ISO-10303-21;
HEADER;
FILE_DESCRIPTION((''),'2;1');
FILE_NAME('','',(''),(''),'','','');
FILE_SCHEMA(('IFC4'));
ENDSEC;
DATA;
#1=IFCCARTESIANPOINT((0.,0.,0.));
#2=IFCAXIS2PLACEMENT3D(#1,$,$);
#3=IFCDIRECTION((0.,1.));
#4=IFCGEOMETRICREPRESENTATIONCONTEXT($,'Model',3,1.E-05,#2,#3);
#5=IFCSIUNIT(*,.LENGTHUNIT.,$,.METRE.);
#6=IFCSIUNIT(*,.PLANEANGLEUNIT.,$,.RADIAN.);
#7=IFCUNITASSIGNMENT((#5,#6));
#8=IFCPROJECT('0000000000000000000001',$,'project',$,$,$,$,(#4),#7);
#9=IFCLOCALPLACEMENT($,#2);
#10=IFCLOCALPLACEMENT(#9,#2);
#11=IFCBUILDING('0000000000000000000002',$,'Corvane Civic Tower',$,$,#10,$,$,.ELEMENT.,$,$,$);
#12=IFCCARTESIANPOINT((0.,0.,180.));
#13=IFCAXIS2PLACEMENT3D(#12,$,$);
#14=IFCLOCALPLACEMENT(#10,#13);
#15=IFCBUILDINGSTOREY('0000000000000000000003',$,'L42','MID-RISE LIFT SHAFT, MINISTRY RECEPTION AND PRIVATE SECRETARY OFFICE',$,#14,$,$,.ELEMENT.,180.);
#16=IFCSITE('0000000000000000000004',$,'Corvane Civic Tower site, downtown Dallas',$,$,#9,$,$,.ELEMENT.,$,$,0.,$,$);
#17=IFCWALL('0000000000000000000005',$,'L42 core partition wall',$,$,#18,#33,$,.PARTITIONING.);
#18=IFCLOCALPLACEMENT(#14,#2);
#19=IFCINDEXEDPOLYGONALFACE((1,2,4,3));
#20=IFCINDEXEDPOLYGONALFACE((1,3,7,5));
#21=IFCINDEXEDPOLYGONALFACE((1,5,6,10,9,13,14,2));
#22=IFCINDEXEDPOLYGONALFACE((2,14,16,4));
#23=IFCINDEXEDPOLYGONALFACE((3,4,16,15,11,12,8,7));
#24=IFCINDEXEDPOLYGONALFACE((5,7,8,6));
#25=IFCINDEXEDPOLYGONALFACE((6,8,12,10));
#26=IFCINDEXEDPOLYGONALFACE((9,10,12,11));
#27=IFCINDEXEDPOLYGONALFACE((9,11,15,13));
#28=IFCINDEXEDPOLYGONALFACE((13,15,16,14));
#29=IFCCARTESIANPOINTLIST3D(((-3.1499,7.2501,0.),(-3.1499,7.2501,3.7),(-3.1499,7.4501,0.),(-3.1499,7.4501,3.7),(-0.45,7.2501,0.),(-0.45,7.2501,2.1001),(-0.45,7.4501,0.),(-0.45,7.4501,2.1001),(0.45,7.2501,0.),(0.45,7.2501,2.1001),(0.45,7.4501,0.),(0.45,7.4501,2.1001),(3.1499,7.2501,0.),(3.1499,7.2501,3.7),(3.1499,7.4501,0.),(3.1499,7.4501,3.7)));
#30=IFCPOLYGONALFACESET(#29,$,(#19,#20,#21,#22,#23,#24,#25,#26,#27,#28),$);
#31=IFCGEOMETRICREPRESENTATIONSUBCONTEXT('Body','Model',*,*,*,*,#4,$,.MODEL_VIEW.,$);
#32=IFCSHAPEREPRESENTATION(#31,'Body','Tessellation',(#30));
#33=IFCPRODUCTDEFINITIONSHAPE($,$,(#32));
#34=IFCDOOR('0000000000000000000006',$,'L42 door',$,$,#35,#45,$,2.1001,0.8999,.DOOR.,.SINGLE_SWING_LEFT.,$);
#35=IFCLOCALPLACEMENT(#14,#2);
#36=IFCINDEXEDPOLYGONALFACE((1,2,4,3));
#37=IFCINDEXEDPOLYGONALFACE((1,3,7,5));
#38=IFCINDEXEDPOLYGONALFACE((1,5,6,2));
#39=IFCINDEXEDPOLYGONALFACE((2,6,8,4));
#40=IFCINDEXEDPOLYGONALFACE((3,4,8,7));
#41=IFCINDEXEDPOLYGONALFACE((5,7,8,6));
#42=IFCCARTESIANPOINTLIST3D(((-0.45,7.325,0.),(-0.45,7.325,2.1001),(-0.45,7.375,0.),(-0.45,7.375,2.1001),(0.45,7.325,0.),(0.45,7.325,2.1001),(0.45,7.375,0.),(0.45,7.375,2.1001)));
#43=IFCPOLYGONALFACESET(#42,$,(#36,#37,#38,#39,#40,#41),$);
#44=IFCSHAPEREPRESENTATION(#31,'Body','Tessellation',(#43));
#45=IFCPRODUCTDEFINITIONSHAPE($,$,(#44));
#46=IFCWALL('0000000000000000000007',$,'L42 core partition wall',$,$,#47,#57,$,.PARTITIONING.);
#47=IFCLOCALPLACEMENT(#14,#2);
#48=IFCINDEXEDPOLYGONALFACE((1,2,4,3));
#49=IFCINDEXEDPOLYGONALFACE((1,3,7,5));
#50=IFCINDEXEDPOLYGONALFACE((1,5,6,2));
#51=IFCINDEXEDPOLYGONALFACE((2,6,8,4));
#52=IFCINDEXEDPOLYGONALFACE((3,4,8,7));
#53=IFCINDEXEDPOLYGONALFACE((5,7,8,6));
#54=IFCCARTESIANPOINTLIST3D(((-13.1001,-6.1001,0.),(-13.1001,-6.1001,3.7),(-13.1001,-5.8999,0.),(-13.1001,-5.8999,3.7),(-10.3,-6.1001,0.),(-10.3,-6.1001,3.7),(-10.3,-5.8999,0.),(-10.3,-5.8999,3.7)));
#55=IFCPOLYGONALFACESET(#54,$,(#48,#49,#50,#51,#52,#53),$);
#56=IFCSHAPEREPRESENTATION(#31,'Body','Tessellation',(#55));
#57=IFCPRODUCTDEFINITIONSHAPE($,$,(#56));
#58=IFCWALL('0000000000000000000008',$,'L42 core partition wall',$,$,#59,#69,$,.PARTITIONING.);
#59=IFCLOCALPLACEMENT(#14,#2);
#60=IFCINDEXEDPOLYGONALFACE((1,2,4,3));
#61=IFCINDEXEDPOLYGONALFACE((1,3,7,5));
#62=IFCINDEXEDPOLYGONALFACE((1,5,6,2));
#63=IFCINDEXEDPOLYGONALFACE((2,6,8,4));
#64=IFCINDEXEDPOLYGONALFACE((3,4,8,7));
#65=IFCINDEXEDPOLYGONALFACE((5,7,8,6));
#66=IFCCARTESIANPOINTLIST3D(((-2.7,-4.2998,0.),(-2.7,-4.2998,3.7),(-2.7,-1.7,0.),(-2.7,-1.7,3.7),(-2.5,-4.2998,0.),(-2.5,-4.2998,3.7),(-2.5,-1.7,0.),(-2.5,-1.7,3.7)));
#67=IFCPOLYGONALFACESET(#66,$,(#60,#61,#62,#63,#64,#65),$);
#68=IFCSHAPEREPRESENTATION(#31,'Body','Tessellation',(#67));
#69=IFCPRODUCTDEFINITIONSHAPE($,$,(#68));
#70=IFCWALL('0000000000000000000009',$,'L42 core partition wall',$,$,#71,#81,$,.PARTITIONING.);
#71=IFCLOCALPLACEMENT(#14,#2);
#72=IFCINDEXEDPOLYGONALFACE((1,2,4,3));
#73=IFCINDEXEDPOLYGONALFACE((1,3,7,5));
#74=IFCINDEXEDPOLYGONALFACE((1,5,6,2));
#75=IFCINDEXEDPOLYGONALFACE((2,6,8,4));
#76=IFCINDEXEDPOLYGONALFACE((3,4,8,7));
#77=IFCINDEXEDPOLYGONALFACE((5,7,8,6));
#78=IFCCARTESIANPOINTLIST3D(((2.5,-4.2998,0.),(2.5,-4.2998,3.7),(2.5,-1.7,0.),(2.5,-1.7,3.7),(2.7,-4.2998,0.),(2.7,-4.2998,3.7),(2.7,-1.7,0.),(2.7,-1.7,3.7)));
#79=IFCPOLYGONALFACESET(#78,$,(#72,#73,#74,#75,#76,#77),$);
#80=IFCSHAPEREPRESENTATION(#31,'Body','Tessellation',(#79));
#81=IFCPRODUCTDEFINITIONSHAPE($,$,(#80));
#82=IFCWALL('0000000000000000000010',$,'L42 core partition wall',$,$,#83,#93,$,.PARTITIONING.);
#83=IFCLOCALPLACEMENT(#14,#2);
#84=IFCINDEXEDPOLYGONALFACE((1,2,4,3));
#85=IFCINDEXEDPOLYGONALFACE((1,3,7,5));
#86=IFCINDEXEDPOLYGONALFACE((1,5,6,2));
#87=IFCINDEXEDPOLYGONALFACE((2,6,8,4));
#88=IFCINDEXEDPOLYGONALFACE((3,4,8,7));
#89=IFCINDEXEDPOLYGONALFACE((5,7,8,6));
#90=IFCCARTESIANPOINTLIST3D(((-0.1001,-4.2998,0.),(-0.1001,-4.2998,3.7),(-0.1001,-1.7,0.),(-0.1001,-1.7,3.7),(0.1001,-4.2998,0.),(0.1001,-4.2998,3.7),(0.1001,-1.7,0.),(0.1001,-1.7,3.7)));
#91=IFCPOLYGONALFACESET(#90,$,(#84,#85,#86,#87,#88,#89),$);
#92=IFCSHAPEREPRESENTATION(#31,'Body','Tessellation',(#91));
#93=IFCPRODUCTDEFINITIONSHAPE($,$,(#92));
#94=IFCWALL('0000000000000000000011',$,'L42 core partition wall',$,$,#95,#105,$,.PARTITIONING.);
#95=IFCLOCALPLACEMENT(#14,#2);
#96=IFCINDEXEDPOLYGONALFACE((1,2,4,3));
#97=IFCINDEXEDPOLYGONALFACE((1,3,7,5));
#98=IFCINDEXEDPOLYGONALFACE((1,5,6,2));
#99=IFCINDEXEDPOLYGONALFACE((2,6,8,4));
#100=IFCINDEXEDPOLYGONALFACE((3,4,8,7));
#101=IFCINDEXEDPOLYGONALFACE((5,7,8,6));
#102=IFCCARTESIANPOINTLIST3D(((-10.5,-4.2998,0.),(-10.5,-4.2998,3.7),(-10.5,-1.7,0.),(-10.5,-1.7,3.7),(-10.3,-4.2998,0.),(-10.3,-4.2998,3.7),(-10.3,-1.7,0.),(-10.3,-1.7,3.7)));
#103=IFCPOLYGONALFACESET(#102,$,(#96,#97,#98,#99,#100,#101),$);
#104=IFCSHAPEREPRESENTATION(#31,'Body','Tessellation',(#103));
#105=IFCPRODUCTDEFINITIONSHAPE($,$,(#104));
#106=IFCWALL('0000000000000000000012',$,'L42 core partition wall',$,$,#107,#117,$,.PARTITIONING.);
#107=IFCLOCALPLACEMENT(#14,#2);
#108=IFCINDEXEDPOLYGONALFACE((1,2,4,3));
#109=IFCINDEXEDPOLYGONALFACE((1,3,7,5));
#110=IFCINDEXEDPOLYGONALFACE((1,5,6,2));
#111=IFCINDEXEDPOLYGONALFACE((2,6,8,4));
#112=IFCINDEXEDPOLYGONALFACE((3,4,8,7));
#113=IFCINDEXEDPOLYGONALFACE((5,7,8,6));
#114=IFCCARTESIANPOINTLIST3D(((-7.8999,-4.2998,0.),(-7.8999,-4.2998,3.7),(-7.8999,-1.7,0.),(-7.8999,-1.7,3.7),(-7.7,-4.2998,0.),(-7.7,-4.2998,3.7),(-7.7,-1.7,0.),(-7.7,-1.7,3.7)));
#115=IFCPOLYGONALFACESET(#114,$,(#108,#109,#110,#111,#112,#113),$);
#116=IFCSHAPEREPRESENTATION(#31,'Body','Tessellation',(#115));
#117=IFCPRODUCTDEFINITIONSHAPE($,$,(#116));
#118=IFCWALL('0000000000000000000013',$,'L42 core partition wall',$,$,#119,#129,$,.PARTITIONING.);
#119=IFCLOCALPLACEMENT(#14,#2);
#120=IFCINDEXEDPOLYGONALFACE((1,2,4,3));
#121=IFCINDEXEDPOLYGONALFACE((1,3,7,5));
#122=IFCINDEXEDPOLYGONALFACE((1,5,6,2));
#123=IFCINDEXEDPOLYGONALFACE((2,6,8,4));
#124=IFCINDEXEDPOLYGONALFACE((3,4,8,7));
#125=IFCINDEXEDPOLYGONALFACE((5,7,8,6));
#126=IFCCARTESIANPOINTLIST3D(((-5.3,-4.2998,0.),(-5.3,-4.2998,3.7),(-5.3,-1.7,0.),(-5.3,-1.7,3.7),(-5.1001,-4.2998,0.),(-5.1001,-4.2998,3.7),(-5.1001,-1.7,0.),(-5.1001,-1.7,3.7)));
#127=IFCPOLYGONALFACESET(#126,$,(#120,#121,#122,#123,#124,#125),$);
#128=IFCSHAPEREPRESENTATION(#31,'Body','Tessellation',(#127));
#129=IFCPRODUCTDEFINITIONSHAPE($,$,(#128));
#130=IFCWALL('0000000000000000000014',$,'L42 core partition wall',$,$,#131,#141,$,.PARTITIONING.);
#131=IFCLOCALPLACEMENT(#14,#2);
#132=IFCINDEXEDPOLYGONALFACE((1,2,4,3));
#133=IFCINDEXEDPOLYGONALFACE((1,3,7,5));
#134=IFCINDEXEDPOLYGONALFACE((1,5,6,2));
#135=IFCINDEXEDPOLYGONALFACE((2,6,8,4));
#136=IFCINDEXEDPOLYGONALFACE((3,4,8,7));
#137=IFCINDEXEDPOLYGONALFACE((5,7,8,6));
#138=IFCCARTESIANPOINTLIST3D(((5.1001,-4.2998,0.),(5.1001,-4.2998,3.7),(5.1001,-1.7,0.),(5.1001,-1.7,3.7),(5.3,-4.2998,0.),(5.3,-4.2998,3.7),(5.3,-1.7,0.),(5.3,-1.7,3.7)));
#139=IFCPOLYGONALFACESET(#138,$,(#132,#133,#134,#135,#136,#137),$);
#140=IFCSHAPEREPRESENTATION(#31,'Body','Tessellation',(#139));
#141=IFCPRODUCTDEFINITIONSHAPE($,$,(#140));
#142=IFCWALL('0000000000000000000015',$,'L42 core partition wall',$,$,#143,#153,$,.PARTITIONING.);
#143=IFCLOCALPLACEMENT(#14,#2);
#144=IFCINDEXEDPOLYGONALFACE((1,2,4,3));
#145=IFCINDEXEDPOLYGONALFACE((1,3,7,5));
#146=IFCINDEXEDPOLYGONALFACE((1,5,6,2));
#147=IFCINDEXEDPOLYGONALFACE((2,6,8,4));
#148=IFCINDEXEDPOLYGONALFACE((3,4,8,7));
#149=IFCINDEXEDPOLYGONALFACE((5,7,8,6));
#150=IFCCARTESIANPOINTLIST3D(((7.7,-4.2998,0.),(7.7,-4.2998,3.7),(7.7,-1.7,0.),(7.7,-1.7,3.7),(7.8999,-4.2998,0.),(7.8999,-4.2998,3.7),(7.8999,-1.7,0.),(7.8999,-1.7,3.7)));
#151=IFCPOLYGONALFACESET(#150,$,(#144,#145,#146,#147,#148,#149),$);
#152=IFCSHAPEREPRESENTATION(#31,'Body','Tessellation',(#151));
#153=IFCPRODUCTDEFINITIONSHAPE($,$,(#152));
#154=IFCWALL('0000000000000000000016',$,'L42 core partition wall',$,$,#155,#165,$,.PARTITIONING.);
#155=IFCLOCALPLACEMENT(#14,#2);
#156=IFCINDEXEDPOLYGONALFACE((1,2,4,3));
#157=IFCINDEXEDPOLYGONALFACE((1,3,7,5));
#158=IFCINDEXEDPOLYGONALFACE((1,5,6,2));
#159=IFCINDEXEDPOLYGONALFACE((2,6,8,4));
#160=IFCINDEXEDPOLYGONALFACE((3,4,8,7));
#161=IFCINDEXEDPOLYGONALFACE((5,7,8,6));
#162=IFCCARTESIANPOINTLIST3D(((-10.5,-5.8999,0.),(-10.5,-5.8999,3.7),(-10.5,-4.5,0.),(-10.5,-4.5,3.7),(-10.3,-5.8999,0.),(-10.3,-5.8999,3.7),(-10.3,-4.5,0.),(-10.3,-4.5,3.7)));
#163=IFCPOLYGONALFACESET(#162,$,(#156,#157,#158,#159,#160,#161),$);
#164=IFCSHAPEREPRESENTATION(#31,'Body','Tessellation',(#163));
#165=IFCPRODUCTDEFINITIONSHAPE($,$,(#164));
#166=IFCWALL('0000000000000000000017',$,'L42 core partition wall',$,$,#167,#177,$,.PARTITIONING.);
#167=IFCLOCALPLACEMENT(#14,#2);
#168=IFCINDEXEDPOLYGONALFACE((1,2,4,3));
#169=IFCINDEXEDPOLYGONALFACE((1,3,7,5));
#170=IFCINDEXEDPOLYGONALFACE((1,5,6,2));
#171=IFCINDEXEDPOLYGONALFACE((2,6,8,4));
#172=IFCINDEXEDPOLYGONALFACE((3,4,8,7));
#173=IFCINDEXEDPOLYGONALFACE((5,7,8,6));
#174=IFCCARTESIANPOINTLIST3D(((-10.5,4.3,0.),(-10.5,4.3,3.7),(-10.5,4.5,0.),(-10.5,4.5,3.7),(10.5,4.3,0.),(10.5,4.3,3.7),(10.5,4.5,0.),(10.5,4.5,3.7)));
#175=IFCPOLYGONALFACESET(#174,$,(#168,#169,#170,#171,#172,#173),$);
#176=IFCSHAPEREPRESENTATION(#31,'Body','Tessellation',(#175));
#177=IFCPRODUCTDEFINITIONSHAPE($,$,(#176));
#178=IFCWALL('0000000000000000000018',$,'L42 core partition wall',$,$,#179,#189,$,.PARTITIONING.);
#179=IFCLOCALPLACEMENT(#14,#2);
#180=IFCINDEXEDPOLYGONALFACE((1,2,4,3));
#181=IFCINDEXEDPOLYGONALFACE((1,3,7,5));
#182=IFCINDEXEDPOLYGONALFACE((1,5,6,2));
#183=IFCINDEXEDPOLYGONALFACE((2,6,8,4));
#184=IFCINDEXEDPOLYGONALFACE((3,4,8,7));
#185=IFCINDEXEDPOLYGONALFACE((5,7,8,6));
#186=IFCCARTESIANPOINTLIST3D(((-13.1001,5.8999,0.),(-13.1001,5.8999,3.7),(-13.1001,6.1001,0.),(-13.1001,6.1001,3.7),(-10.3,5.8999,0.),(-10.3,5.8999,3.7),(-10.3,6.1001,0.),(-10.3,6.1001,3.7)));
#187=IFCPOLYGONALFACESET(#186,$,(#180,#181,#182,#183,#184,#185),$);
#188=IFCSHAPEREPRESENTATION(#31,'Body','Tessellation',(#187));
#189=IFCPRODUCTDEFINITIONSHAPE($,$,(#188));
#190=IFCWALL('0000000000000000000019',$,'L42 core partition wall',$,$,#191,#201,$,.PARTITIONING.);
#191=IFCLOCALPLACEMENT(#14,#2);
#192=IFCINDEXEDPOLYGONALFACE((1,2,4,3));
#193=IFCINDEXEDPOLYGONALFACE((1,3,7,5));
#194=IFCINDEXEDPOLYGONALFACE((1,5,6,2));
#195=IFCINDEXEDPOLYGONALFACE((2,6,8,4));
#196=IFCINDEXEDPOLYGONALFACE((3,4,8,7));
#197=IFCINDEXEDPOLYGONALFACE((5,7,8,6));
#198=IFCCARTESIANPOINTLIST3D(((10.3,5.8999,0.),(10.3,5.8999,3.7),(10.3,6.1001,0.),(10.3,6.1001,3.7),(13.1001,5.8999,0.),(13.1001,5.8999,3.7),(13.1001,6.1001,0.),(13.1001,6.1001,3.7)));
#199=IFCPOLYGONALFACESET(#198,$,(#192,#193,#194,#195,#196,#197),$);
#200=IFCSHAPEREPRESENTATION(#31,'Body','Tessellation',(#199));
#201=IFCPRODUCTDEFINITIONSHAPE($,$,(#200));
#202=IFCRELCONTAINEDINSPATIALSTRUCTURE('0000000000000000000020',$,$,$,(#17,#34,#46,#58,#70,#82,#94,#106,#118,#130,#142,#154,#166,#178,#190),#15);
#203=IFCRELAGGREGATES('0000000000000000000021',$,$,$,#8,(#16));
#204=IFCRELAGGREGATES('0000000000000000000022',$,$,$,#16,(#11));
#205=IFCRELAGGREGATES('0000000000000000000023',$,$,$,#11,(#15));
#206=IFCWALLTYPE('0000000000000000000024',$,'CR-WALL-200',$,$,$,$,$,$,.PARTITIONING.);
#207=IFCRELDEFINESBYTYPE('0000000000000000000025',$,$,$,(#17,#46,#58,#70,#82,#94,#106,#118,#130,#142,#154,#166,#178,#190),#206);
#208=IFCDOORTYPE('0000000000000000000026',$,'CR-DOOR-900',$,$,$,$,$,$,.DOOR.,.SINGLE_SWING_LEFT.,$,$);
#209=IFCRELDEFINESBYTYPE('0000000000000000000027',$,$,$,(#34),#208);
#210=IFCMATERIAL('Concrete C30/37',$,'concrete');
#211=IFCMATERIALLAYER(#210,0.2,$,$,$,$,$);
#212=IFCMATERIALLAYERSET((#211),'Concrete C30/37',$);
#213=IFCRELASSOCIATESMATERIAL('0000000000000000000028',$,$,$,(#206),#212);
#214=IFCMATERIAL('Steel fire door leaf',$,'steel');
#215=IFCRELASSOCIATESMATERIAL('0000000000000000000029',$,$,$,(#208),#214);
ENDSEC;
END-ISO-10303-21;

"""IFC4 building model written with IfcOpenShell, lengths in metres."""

from ifc_helpers import new_model, si_unit, direction, frame, frame_2d, origin, place, context, subcontext, project, spatial, polyline, rectangle, outline, extrude, material, layer, layer_set, type_object, element, fill, save


model = new_model("IFC4")

# Units and contexts
model_context = context("Model", 3, precision=1e-05, world=origin(), true_north=direction((0.0, 1.0)))
body_context = subcontext(model_context, "Body", "Model", "MODEL_VIEW")
ifc_project = project(units=[si_unit("LENGTHUNIT", "METRE"), si_unit("PLANEANGLEUNIT", "RADIAN")], contexts=[model_context])

# Site, building, storey
site_placement = place(None, origin())
site = spatial("IfcSite", under=ifc_project, at=site_placement, Name="Corvane Civic Tower site, downtown Dallas", CompositionType="ELEMENT", RefElevation=0.0)
building_placement = place(site_placement, origin())
building = spatial("IfcBuilding", under=site, at=building_placement, Name="Corvane Civic Tower", CompositionType="ELEMENT")
storey_placement = place(building_placement, frame((0.0, 0.0, 180.0)))
storey = spatial("IfcBuildingStorey", under=building, at=storey_placement, Name="L42", Description="MID-RISE LIFT SHAFT, MINISTRY RECEPTION AND PRIVATE SECRETARY OFFICE", CompositionType="ELEMENT", Elevation=180.0)

# Wall, opening, door
ifc_material_1 = material(Name="Concrete C30/37", Category="concrete")
ifc_layer_1 = layer(ifc_material_1, 0.2)
ifc_layer_set_1 = layer_set([ifc_layer_1], Name="Concrete C30/37")
wall_type_1 = type_object("IfcWallType", Name="CR-WALL-200", PredefinedType="PARTITIONING", material=ifc_layer_set_1)
wall_1_placement = place(storey_placement, frame((-3.1499, 7.3501, 0.0), z_axis=(0.0, 0.0, 1.0), x_axis=(1.0, 0.0, 0.0)))
wall_1 = element("IfcWall", 1, at=wall_1_placement, inside=storey, type_object=wall_type_1, Name="L42 core partition wall", PredefinedType="PARTITIONING", context=body_context, shape_type="SweptSolid", body=[
    extrude(rectangle(XDim=6.2998, YDim=0.2, at=frame_2d((3.1499, 0.0))), origin(), (0.0, 0.0, 1.0), 3.7),
])
opening_1_placement = place(wall_1_placement, frame((2.7, 0.0, 0.0)))
opening_1 = element("IfcOpeningElement", 2, at=opening_1_placement, cuts=wall_1, PredefinedType="OPENING", context=body_context, shape_type="SweptSolid", body=[
    extrude(rectangle(XDim=0.8999, YDim=2.1001, at=frame_2d((0.45, 1.05))), frame((0.0, 0.1099, 0.0), z_axis=(0.0, -1.0, 0.0), x_axis=(1.0, 0.0, 0.0)), (0.0, 0.0, 1.0), 0.22),
])
ifc_material_2 = material(Name="Steel fire door leaf", Category="steel")
door_type_1 = type_object("IfcDoorType", Name="CR-DOOR-900", OperationType="SINGLE_SWING_LEFT", PredefinedType="DOOR", material=ifc_material_2)
door_1_placement = place(opening_1_placement, origin())
door_1 = element("IfcDoor", 3, at=door_1_placement, inside=storey, type_object=door_type_1, Name="L42 door", OperationType="SINGLE_SWING_LEFT", OverallHeight=2.1001, OverallWidth=0.8999, PredefinedType="DOOR", context=body_context, shape_type="SweptSolid", body=[
    extrude(rectangle(XDim=0.8999, YDim=2.1001, at=frame_2d((0.45, 1.05))), frame((0.0, 0.0249, 0.0), z_axis=(0.0, -1.0, 0.0), x_axis=(1.0, 0.0, 0.0)), (0.0, 0.0, 1.0), 0.05),
])
fill(opening_1, door_1)

# Walls
wall_2_placement = place(storey_placement, origin())
element("IfcWall", 4, at=wall_2_placement, inside=storey, type_object=wall_type_1, Name="L42 core partition wall", PredefinedType="PARTITIONING", context=body_context, shape_type="SweptSolid", body=[
    extrude(outline(polyline([(-10.3, -6.1001), (-13.1001, -6.1001), (-13.1001, -5.8999), (-10.3, -5.8999), (-10.3, -6.1001)])), origin(), (0.0, 0.0, 1.0), 3.7),
])
wall_3_placement = place(storey_placement, origin())
element("IfcWall", 5, at=wall_3_placement, inside=storey, type_object=wall_type_1, Name="L42 core partition wall", PredefinedType="PARTITIONING", context=body_context, shape_type="SweptSolid", body=[
    extrude(outline(polyline([(-2.5, -1.7), (-2.5, -4.2998), (-2.7, -4.2998), (-2.7, -1.7), (-2.5, -1.7)])), origin(), (0.0, 0.0, 1.0), 3.7),
])
wall_4_placement = place(storey_placement, origin())
element("IfcWall", 6, at=wall_4_placement, inside=storey, type_object=wall_type_1, Name="L42 core partition wall", PredefinedType="PARTITIONING", context=body_context, shape_type="SweptSolid", body=[
    extrude(outline(polyline([(2.7, -1.7), (2.7, -4.2998), (2.5, -4.2998), (2.5, -1.7), (2.7, -1.7)])), origin(), (0.0, 0.0, 1.0), 3.7),
])
wall_5_placement = place(storey_placement, origin())
element("IfcWall", 7, at=wall_5_placement, inside=storey, type_object=wall_type_1, Name="L42 core partition wall", PredefinedType="PARTITIONING", context=body_context, shape_type="SweptSolid", body=[
    extrude(outline(polyline([(0.1001, -1.7), (0.1001, -4.2998), (-0.1001, -4.2998), (-0.1001, -1.7), (0.1001, -1.7)])), origin(), (0.0, 0.0, 1.0), 3.7),
])
wall_6_placement = place(storey_placement, origin())
element("IfcWall", 8, at=wall_6_placement, inside=storey, type_object=wall_type_1, Name="L42 core partition wall", PredefinedType="PARTITIONING", context=body_context, shape_type="SweptSolid", body=[
    extrude(outline(polyline([(-10.3, -1.7), (-10.3, -4.2998), (-10.5, -4.2998), (-10.5, -1.7), (-10.3, -1.7)])), origin(), (0.0, 0.0, 1.0), 3.7),
])
wall_7_placement = place(storey_placement, origin())
element("IfcWall", 9, at=wall_7_placement, inside=storey, type_object=wall_type_1, Name="L42 core partition wall", PredefinedType="PARTITIONING", context=body_context, shape_type="SweptSolid", body=[
    extrude(outline(polyline([(-7.7, -1.7), (-7.7, -4.2998), (-7.8999, -4.2998), (-7.8999, -1.7), (-7.7, -1.7)])), origin(), (0.0, 0.0, 1.0), 3.7),
])
wall_8_placement = place(storey_placement, origin())
element("IfcWall", 10, at=wall_8_placement, inside=storey, type_object=wall_type_1, Name="L42 core partition wall", PredefinedType="PARTITIONING", context=body_context, shape_type="SweptSolid", body=[
    extrude(outline(polyline([(-5.1001, -1.7), (-5.1001, -4.2998), (-5.3, -4.2998), (-5.3, -1.7), (-5.1001, -1.7)])), origin(), (0.0, 0.0, 1.0), 3.7),
])
wall_9_placement = place(storey_placement, origin())
element("IfcWall", 11, at=wall_9_placement, inside=storey, type_object=wall_type_1, Name="L42 core partition wall", PredefinedType="PARTITIONING", context=body_context, shape_type="SweptSolid", body=[
    extrude(outline(polyline([(5.3, -1.7), (5.3, -4.2998), (5.1001, -4.2998), (5.1001, -1.7), (5.3, -1.7)])), origin(), (0.0, 0.0, 1.0), 3.7),
])
wall_10_placement = place(storey_placement, origin())
element("IfcWall", 12, at=wall_10_placement, inside=storey, type_object=wall_type_1, Name="L42 core partition wall", PredefinedType="PARTITIONING", context=body_context, shape_type="SweptSolid", body=[
    extrude(outline(polyline([(7.8999, -1.7), (7.8999, -4.2998), (7.7, -4.2998), (7.7, -1.7), (7.8999, -1.7)])), origin(), (0.0, 0.0, 1.0), 3.7),
])
wall_11_placement = place(storey_placement, origin())
element("IfcWall", 13, at=wall_11_placement, inside=storey, type_object=wall_type_1, Name="L42 core partition wall", PredefinedType="PARTITIONING", context=body_context, shape_type="SweptSolid", body=[
    extrude(outline(polyline([(-10.3, -5.8999), (-10.5, -5.8999), (-10.5, -4.5), (-10.3, -4.5), (-10.3, -5.8999)])), origin(), (0.0, 0.0, 1.0), 3.7),
])
wall_12_placement = place(storey_placement, origin())
element("IfcWall", 14, at=wall_12_placement, inside=storey, type_object=wall_type_1, Name="L42 core partition wall", PredefinedType="PARTITIONING", context=body_context, shape_type="SweptSolid", body=[
    extrude(outline(polyline([(10.5, 4.5), (10.5, 4.3), (-10.5, 4.3), (-10.5, 4.5), (10.5, 4.5)])), origin(), (0.0, 0.0, 1.0), 3.7),
])
wall_13_placement = place(storey_placement, origin())
element("IfcWall", 15, at=wall_13_placement, inside=storey, type_object=wall_type_1, Name="L42 core partition wall", PredefinedType="PARTITIONING", context=body_context, shape_type="SweptSolid", body=[
    extrude(outline(polyline([(-10.3, 5.8999), (-13.1001, 5.8999), (-13.1001, 6.1001), (-10.3, 6.1001), (-10.3, 5.8999)])), origin(), (0.0, 0.0, 1.0), 3.7),
])
wall_14_placement = place(storey_placement, origin())
element("IfcWall", 16, at=wall_14_placement, inside=storey, type_object=wall_type_1, Name="L42 core partition wall", PredefinedType="PARTITIONING", context=body_context, shape_type="SweptSolid", body=[
    extrude(outline(polyline([(13.1001, 5.8999), (10.3, 5.8999), (10.3, 6.1001), (13.1001, 6.1001), (13.1001, 5.8999)])), origin(), (0.0, 0.0, 1.0), 3.7),
])

save(model, "model.ifc")
